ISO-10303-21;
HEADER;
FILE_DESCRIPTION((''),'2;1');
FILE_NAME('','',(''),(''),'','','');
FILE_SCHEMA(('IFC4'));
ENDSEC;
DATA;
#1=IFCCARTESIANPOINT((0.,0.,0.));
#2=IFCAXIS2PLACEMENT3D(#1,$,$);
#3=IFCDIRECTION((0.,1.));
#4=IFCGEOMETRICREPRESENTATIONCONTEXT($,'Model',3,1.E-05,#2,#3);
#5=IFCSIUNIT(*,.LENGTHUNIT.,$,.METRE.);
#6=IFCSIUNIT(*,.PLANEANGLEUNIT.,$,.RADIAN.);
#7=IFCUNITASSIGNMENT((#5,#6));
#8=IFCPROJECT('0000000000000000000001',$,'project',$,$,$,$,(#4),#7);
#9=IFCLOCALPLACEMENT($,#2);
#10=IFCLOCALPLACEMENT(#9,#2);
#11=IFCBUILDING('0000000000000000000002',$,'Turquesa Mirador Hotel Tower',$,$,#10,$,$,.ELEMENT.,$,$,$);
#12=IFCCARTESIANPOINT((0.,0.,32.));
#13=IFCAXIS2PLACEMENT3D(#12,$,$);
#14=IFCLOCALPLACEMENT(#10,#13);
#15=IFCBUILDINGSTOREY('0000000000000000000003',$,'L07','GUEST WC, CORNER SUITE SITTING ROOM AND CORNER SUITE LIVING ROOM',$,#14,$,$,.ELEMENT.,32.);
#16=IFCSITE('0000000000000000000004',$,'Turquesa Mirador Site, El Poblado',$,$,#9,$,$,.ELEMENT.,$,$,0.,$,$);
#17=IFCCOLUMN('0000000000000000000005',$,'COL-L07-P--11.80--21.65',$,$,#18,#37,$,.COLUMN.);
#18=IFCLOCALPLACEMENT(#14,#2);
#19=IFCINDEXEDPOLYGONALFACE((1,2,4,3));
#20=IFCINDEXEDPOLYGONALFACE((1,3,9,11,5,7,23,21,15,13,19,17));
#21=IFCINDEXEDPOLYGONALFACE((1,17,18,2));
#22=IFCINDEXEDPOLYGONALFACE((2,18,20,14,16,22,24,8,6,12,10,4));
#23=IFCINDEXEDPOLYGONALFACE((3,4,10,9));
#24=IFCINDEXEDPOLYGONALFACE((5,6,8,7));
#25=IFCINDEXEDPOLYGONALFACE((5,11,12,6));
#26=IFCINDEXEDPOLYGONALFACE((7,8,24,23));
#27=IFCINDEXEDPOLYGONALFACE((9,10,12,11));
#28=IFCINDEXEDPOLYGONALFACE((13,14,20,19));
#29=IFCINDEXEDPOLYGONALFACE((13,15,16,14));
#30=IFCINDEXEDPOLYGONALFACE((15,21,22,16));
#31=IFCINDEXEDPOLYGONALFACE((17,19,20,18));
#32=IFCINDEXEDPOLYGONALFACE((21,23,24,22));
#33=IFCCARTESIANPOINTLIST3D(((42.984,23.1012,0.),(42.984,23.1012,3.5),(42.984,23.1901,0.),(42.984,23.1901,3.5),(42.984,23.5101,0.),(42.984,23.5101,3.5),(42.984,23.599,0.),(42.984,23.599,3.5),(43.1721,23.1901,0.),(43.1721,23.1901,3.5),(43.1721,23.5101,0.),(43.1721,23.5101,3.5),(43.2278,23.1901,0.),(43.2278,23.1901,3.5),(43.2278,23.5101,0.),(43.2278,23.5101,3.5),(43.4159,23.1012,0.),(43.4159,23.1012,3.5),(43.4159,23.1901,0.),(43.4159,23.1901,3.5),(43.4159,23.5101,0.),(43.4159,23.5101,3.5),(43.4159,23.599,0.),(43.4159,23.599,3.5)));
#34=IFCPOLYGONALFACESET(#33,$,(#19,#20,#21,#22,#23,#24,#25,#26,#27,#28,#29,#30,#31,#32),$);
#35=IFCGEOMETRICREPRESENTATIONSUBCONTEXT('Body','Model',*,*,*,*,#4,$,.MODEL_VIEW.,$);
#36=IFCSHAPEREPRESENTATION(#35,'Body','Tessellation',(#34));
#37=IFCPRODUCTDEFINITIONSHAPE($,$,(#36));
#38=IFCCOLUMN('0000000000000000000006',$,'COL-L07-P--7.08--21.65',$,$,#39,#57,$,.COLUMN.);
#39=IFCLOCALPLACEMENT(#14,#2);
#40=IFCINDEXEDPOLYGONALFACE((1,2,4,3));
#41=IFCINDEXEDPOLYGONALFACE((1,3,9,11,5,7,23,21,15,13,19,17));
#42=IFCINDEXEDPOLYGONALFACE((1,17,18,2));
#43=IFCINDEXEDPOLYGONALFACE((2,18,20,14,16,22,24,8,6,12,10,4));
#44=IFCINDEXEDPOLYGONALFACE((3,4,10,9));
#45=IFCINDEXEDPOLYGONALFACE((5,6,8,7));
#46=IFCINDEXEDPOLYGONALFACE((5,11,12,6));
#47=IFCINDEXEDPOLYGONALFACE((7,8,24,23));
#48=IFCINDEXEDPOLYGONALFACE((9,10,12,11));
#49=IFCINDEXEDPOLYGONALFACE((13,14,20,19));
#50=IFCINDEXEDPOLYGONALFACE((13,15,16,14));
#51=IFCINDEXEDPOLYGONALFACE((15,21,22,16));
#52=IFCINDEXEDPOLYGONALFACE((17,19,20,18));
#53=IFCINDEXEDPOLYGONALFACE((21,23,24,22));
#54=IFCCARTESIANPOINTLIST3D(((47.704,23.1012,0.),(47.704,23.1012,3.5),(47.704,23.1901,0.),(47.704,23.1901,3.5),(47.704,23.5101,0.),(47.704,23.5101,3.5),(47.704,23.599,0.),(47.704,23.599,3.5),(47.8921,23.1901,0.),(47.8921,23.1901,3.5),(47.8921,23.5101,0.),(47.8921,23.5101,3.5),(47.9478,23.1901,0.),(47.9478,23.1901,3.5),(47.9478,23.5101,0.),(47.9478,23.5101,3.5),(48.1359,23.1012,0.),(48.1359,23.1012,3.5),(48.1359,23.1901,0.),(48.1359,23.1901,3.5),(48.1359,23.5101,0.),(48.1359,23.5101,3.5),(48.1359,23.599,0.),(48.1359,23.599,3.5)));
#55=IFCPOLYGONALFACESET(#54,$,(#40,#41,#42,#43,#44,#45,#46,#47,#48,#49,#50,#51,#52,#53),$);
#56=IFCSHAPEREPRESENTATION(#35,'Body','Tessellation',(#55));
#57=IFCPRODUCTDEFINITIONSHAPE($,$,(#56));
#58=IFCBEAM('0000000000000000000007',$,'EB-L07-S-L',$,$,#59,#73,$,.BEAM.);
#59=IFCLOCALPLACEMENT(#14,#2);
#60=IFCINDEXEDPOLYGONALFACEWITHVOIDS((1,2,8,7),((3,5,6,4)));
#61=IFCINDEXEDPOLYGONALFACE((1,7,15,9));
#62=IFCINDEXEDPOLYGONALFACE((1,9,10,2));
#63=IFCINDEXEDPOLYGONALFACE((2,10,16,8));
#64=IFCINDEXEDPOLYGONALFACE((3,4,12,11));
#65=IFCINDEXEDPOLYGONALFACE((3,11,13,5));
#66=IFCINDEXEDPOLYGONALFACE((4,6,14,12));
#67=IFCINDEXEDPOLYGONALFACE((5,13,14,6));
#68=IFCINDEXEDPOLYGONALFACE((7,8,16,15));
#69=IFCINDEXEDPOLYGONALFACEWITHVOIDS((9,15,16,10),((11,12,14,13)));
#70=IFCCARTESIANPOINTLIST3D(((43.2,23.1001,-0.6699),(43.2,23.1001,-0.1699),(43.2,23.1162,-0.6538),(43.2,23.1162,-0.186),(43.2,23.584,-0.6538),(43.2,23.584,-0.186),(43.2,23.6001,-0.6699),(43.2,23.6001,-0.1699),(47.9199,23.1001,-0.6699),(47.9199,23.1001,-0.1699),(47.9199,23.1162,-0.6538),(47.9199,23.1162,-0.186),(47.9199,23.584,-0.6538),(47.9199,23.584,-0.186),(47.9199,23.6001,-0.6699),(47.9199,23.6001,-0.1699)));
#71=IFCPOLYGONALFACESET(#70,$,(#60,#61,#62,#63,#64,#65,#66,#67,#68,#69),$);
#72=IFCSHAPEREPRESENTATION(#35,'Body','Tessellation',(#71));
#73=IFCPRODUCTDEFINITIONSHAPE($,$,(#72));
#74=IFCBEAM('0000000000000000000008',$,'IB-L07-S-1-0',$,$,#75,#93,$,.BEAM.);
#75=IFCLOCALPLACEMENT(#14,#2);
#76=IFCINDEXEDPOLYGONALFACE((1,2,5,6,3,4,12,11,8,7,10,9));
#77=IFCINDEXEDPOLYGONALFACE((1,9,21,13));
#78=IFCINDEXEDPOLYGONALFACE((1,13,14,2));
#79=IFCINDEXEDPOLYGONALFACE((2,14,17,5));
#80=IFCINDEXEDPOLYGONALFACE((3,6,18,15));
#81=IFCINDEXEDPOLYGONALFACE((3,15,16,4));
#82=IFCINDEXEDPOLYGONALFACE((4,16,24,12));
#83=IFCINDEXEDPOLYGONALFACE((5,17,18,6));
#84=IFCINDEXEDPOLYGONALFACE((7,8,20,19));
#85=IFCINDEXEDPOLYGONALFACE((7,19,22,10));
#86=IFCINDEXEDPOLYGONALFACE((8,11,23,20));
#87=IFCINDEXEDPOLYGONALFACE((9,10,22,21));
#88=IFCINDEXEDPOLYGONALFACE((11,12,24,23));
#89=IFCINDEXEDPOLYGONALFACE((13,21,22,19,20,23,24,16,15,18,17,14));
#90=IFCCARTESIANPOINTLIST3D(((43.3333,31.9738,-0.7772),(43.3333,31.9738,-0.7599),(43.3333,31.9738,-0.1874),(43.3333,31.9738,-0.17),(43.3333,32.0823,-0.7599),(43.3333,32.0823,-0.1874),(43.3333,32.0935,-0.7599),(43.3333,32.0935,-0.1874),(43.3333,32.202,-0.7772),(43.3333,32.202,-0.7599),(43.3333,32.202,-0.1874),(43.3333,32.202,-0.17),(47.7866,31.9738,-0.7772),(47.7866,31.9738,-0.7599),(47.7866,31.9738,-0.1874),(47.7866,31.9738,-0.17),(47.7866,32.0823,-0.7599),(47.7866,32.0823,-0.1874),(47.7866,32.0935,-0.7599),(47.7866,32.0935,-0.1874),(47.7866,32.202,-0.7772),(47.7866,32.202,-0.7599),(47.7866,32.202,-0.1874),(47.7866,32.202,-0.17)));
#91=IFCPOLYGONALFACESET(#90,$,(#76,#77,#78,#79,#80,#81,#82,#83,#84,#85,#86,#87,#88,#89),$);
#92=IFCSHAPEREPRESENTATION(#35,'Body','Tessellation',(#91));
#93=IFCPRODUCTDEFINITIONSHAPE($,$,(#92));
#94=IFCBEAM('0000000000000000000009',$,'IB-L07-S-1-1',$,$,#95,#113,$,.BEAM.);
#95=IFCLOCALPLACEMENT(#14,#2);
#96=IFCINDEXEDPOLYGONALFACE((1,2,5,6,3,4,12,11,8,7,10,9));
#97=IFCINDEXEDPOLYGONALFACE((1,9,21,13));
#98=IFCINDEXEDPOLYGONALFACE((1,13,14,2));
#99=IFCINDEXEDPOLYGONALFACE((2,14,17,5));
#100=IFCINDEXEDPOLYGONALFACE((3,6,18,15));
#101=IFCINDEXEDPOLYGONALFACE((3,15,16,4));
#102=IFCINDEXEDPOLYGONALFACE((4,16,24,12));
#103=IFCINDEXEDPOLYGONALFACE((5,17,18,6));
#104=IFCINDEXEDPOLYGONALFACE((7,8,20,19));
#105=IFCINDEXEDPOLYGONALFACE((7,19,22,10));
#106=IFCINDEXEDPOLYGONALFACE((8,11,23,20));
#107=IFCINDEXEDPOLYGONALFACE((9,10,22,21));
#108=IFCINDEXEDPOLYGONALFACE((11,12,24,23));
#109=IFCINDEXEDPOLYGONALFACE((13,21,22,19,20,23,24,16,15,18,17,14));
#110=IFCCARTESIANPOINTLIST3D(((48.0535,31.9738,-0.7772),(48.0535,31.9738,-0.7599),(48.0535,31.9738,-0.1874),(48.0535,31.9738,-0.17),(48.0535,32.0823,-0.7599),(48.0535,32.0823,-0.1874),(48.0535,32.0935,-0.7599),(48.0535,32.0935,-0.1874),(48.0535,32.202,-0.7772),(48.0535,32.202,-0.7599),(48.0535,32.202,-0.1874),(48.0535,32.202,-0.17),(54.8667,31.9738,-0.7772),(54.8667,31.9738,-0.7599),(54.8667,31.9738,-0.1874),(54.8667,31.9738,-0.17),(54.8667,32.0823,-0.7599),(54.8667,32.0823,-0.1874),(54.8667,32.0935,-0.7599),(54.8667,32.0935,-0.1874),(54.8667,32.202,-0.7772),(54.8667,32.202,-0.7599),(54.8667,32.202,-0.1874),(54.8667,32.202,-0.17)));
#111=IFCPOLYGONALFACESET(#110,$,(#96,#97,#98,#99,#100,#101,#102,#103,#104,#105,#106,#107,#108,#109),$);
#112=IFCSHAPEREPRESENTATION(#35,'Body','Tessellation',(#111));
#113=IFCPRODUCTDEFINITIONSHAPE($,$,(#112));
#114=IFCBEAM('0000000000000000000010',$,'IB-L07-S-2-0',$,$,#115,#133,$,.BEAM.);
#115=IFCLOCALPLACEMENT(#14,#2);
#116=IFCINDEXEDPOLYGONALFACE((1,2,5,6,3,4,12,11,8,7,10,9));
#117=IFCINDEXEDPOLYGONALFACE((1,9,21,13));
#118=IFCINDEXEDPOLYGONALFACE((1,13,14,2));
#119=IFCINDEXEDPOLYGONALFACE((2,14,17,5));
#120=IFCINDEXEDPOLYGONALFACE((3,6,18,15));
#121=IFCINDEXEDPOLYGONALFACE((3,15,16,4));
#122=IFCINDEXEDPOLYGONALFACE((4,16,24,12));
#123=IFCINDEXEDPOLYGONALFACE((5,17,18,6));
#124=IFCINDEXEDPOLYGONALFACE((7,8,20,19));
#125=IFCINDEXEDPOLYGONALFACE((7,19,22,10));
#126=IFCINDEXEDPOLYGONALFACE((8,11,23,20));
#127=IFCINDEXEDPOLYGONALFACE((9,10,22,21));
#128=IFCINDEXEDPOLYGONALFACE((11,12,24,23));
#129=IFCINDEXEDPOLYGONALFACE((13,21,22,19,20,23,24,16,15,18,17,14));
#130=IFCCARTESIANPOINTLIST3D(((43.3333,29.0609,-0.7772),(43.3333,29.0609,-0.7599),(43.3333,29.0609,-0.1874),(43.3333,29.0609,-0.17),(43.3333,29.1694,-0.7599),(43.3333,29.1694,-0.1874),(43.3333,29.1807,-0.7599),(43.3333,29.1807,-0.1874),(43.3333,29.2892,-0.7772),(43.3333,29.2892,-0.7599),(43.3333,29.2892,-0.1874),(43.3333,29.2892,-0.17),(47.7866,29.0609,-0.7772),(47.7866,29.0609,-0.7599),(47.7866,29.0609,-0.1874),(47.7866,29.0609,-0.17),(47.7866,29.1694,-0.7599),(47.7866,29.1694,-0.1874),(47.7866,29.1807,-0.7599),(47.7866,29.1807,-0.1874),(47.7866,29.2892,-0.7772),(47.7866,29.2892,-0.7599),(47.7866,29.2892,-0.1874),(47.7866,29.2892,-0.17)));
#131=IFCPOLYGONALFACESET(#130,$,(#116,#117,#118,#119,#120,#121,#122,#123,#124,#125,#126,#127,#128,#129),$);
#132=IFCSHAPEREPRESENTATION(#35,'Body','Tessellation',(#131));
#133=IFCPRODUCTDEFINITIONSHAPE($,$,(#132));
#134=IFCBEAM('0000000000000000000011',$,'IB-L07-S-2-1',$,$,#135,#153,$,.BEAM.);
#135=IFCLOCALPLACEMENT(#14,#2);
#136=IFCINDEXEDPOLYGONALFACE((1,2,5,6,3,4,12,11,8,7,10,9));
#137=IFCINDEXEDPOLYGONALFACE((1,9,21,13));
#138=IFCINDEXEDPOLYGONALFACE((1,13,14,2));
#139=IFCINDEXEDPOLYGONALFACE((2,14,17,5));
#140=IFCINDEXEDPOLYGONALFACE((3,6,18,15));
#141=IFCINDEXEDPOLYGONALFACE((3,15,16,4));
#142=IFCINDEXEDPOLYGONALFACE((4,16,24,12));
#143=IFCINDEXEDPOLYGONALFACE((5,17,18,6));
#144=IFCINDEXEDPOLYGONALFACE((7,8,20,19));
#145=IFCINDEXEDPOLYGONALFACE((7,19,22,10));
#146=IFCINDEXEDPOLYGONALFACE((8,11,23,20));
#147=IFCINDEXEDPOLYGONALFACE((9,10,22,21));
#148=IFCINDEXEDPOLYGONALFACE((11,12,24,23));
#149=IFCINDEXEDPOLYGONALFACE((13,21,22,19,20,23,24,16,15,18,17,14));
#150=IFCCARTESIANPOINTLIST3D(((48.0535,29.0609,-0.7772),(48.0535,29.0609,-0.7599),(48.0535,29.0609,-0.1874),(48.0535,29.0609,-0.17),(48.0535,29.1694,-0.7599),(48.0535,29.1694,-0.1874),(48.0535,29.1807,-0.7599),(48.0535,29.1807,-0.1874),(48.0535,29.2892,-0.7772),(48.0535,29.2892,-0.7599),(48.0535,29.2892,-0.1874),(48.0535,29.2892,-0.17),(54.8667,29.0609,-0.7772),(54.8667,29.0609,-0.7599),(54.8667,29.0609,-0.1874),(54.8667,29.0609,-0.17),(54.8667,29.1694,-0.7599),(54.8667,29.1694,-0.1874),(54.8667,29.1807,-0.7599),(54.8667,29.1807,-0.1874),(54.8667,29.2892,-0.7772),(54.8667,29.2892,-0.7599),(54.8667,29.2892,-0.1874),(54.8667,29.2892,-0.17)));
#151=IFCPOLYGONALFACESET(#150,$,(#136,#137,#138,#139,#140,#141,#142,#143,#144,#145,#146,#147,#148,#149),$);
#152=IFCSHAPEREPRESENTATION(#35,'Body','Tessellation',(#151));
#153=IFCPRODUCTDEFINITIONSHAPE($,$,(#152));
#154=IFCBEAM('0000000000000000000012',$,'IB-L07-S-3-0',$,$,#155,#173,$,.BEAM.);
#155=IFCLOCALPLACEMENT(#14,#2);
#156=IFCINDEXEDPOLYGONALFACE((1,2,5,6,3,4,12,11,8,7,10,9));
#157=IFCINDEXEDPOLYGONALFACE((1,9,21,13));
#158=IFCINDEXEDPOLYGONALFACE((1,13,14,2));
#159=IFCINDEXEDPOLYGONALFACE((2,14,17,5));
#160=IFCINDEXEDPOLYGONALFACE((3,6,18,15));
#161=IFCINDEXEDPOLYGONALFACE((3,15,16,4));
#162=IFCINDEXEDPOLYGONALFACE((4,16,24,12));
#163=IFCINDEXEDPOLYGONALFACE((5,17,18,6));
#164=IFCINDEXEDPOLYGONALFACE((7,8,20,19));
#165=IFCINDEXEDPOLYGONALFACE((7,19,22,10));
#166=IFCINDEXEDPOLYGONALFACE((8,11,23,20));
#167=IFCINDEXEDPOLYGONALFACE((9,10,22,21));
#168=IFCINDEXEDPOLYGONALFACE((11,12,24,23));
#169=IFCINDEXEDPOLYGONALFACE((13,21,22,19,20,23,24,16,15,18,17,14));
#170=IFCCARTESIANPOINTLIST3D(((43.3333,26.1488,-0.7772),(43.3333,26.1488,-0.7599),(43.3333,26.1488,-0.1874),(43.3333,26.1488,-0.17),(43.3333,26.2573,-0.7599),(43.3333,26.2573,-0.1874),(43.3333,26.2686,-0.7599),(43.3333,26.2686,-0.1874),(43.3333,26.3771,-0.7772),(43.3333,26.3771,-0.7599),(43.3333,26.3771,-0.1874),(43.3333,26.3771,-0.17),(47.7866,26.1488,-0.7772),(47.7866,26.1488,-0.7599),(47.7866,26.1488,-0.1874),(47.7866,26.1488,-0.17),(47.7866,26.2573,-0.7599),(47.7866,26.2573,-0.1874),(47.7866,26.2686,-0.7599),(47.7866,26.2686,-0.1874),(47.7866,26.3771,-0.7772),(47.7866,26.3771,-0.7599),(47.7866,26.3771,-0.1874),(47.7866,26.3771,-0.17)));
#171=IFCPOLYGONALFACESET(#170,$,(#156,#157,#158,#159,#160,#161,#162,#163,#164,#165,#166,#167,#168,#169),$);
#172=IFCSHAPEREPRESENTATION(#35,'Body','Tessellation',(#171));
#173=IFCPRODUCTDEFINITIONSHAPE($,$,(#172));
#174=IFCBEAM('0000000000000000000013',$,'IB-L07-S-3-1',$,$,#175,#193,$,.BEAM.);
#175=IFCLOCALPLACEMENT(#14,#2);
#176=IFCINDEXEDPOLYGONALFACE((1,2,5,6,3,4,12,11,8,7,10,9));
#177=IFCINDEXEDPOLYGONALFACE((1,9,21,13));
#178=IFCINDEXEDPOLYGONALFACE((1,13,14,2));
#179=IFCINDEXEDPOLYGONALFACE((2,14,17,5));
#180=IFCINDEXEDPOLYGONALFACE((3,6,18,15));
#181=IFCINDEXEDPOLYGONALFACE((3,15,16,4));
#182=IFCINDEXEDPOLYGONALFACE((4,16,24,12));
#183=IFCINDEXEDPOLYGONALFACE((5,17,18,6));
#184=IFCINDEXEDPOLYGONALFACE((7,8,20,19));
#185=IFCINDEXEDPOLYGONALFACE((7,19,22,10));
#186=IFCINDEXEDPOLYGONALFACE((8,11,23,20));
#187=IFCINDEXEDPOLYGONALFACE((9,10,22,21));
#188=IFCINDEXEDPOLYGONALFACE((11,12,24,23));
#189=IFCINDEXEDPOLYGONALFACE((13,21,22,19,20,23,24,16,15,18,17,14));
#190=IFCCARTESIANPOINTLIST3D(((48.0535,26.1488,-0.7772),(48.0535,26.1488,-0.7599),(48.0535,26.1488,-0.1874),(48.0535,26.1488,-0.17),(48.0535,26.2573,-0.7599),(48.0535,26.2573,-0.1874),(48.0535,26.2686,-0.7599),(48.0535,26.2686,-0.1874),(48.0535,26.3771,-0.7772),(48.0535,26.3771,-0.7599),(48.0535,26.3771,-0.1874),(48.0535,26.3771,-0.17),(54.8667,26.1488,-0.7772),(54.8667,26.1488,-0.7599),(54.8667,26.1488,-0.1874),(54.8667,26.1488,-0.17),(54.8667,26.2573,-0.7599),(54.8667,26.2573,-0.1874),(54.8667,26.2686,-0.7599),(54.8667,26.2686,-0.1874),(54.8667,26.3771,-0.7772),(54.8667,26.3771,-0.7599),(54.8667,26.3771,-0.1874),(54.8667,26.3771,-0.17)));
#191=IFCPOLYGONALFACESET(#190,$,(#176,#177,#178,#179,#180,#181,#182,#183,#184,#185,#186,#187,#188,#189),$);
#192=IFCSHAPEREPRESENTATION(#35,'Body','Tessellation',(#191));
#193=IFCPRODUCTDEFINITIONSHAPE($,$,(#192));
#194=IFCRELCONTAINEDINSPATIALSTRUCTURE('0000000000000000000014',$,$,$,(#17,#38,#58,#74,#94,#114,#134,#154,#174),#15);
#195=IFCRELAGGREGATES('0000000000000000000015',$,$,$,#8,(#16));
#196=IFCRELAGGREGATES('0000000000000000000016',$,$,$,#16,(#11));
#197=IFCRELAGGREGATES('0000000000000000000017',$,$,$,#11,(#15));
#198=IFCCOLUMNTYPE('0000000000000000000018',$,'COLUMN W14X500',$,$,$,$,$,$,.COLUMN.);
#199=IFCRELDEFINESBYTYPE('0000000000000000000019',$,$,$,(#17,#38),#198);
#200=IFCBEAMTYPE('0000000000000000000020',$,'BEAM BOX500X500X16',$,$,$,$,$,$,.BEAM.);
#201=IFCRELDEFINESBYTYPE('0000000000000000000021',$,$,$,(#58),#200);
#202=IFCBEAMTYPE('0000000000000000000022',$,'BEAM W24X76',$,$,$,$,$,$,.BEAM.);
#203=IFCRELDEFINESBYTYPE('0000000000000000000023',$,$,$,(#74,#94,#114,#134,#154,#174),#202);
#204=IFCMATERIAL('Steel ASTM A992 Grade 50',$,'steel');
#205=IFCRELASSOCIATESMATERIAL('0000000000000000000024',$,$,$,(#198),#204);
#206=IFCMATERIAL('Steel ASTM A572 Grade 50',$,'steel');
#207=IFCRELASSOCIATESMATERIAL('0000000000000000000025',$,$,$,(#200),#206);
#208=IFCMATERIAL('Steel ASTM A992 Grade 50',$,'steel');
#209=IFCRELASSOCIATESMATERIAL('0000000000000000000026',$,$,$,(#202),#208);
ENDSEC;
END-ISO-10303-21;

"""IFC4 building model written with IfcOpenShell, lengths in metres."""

from ifc_helpers import new_model, si_unit, direction, frame, origin, origin_2d, place, context, subcontext, project, spatial, hollow_rectangle, i_section, extrude, material, material_profile, profile_set, type_object, element, save


model = new_model("IFC4")

# Units and contexts
model_context = context("Model", 3, precision=1e-05, world=origin(), true_north=direction((0.0, 1.0)))
body_context = subcontext(model_context, "Body", "Model", "MODEL_VIEW")
ifc_project = project(units=[si_unit("LENGTHUNIT", "METRE"), si_unit("PLANEANGLEUNIT", "RADIAN")], contexts=[model_context])

# Site, building, storey
site_placement = place(None, origin())
site = spatial("IfcSite", under=ifc_project, at=site_placement, Name="Turquesa Mirador Site, El Poblado", CompositionType="ELEMENT", RefElevation=0.0)
building_placement = place(site_placement, origin())
building = spatial("IfcBuilding", under=site, at=building_placement, Name="Turquesa Mirador Hotel Tower", CompositionType="ELEMENT")
storey_placement = place(building_placement, frame((0.0, 0.0, 32.0)))
storey = spatial("IfcBuildingStorey", under=building, at=storey_placement, Name="L07", Description="GUEST WC, CORNER SUITE SITTING ROOM AND CORNER SUITE LIVING ROOM", CompositionType="ELEMENT", Elevation=32.0)

# Columns
ifc_material_1 = material(Name="Steel ASTM A992 Grade 50", Category="steel")
ifc_material_profile_1 = material_profile(ifc_material_1, i_section(OverallWidth=0.4319, OverallDepth=0.4978, WebThickness=0.0557, FlangeThickness=0.0889, at=origin_2d()), Name="W14X500")
ifc_profile_set_1 = profile_set([ifc_material_profile_1], Name="Steel ASTM A992 Grade 50")
column_type = type_object("IfcColumnType", Name="COLUMN W14X500", PredefinedType="COLUMN", material=ifc_profile_set_1)
for number, where, z_axis, x_axis, name in (
    (1, (43.2, 23.3501, 0.0), (0.0, 0.0, 1.0), (1.0, 0.0, 0.0), "COL-L07-P--11.80--21.65"),
    (2, (47.9199, 23.3501, 0.0), (0.0, 0.0, 1.0), (1.0, 0.0, 0.0), "COL-L07-P--7.08--21.65"),
):
    element("IfcColumn", number, at=place(storey_placement, frame(where, z_axis=z_axis, x_axis=x_axis)), inside=storey, type_object=column_type, Name=name, PredefinedType="COLUMN", context=body_context, shape_type="SweptSolid", body=[
        extrude(i_section(OverallWidth=0.4319, OverallDepth=0.4978, WebThickness=0.0557, FlangeThickness=0.0889, at=origin_2d()), origin(), (0.0, 0.0, 1.0), 3.5),
    ])

# Beams
ifc_material_2 = material(Name="Steel ASTM A572 Grade 50", Category="steel")
ifc_material_profile_2 = material_profile(ifc_material_2, hollow_rectangle(XDim=0.5, YDim=0.5, WallThickness=0.0161, at=origin_2d()), Name="BOX500X500X16")
ifc_profile_set_2 = profile_set([ifc_material_profile_2], Name="Steel ASTM A572 Grade 50")
beam_type_1 = type_object("IfcBeamType", Name="BEAM BOX500X500X16", PredefinedType="BEAM", material=ifc_profile_set_2)
beam_1_placement = place(storey_placement, frame((43.2, 23.3501, -0.4199), z_axis=(1.0, 0.0, 0.0), x_axis=(0.0, 1.0, 0.0)))
element("IfcBeam", 3, at=beam_1_placement, inside=storey, type_object=beam_type_1, Name="EB-L07-S-L", PredefinedType="BEAM", context=body_context, shape_type="SweptSolid", body=[
    extrude(hollow_rectangle(XDim=0.5, YDim=0.5, WallThickness=0.0161, at=origin_2d()), origin(), (0.0, 0.0, 1.0), 4.72),
])
ifc_material_3 = material(Name="Steel ASTM A992 Grade 50", Category="steel")
ifc_material_profile_3 = material_profile(ifc_material_3, i_section(OverallWidth=0.2283, OverallDepth=0.6072, WebThickness=0.0112, FlangeThickness=0.0173, at=origin_2d()), Name="W24X76")
ifc_profile_set_3 = profile_set([ifc_material_profile_3], Name="Steel ASTM A992 Grade 50")
beam_type_2 = type_object("IfcBeamType", Name="BEAM W24X76", PredefinedType="BEAM", material=ifc_profile_set_3)
beam_2_placement = place(storey_placement, frame((43.3333, 32.0879, -0.4736), z_axis=(1.0, 0.0, 0.0), x_axis=(0.0, 1.0, 0.0)))
element("IfcBeam", 4, at=beam_2_placement, inside=storey, type_object=beam_type_2, Name="IB-L07-S-1-0", PredefinedType="BEAM", context=body_context, shape_type="SweptSolid", body=[
    extrude(i_section(OverallWidth=0.2283, OverallDepth=0.6072, WebThickness=0.0112, FlangeThickness=0.0173, at=origin_2d()), origin(), (0.0, 0.0, 1.0), 4.4534),
])
beam_3_placement = place(storey_placement, frame((48.0535, 32.0879, -0.4736), z_axis=(1.0, 0.0, 0.0), x_axis=(0.0, 1.0, 0.0)))
element("IfcBeam", 5, at=beam_3_placement, inside=storey, type_object=beam_type_2, Name="IB-L07-S-1-1", PredefinedType="BEAM", context=body_context, shape_type="SweptSolid", body=[
    extrude(i_section(OverallWidth=0.2283, OverallDepth=0.6072, WebThickness=0.0112, FlangeThickness=0.0173, at=origin_2d()), origin(), (0.0, 0.0, 1.0), 6.8132),
])
beam_4_placement = place(storey_placement, frame((43.3333, 29.175, -0.4736), z_axis=(1.0, 0.0, 0.0), x_axis=(0.0, 1.0, 0.0)))
element("IfcBeam", 6, at=beam_4_placement, inside=storey, type_object=beam_type_2, Name="IB-L07-S-2-0", PredefinedType="BEAM", context=body_context, shape_type="SweptSolid", body=[
    extrude(i_section(OverallWidth=0.2283, OverallDepth=0.6072, WebThickness=0.0112, FlangeThickness=0.0173, at=origin_2d()), origin(), (0.0, 0.0, 1.0), 4.4534),
])
beam_5_placement = place(storey_placement, frame((48.0535, 29.175, -0.4736), z_axis=(1.0, 0.0, 0.0), x_axis=(0.0, 1.0, 0.0)))
element("IfcBeam", 7, at=beam_5_placement, inside=storey, type_object=beam_type_2, Name="IB-L07-S-2-1", PredefinedType="BEAM", context=body_context, shape_type="SweptSolid", body=[
    extrude(i_section(OverallWidth=0.2283, OverallDepth=0.6072, WebThickness=0.0112, FlangeThickness=0.0173, at=origin_2d()), origin(), (0.0, 0.0, 1.0), 6.8132),
])
beam_6_placement = place(storey_placement, frame((43.3333, 26.2629, -0.4736), z_axis=(1.0, 0.0, 0.0), x_axis=(0.0, 1.0, 0.0)))
element("IfcBeam", 8, at=beam_6_placement, inside=storey, type_object=beam_type_2, Name="IB-L07-S-3-0", PredefinedType="BEAM", context=body_context, shape_type="SweptSolid", body=[
    extrude(i_section(OverallWidth=0.2283, OverallDepth=0.6072, WebThickness=0.0112, FlangeThickness=0.0173, at=origin_2d()), origin(), (0.0, 0.0, 1.0), 4.4534),
])
beam_7_placement = place(storey_placement, frame((48.0535, 26.2629, -0.4736), z_axis=(1.0, 0.0, 0.0), x_axis=(0.0, 1.0, 0.0)))
element("IfcBeam", 9, at=beam_7_placement, inside=storey, type_object=beam_type_2, Name="IB-L07-S-3-1", PredefinedType="BEAM", context=body_context, shape_type="SweptSolid", body=[
    extrude(i_section(OverallWidth=0.2283, OverallDepth=0.6072, WebThickness=0.0112, FlangeThickness=0.0173, at=origin_2d()), origin(), (0.0, 0.0, 1.0), 6.8132),
])

save(model, "model.ifc")
